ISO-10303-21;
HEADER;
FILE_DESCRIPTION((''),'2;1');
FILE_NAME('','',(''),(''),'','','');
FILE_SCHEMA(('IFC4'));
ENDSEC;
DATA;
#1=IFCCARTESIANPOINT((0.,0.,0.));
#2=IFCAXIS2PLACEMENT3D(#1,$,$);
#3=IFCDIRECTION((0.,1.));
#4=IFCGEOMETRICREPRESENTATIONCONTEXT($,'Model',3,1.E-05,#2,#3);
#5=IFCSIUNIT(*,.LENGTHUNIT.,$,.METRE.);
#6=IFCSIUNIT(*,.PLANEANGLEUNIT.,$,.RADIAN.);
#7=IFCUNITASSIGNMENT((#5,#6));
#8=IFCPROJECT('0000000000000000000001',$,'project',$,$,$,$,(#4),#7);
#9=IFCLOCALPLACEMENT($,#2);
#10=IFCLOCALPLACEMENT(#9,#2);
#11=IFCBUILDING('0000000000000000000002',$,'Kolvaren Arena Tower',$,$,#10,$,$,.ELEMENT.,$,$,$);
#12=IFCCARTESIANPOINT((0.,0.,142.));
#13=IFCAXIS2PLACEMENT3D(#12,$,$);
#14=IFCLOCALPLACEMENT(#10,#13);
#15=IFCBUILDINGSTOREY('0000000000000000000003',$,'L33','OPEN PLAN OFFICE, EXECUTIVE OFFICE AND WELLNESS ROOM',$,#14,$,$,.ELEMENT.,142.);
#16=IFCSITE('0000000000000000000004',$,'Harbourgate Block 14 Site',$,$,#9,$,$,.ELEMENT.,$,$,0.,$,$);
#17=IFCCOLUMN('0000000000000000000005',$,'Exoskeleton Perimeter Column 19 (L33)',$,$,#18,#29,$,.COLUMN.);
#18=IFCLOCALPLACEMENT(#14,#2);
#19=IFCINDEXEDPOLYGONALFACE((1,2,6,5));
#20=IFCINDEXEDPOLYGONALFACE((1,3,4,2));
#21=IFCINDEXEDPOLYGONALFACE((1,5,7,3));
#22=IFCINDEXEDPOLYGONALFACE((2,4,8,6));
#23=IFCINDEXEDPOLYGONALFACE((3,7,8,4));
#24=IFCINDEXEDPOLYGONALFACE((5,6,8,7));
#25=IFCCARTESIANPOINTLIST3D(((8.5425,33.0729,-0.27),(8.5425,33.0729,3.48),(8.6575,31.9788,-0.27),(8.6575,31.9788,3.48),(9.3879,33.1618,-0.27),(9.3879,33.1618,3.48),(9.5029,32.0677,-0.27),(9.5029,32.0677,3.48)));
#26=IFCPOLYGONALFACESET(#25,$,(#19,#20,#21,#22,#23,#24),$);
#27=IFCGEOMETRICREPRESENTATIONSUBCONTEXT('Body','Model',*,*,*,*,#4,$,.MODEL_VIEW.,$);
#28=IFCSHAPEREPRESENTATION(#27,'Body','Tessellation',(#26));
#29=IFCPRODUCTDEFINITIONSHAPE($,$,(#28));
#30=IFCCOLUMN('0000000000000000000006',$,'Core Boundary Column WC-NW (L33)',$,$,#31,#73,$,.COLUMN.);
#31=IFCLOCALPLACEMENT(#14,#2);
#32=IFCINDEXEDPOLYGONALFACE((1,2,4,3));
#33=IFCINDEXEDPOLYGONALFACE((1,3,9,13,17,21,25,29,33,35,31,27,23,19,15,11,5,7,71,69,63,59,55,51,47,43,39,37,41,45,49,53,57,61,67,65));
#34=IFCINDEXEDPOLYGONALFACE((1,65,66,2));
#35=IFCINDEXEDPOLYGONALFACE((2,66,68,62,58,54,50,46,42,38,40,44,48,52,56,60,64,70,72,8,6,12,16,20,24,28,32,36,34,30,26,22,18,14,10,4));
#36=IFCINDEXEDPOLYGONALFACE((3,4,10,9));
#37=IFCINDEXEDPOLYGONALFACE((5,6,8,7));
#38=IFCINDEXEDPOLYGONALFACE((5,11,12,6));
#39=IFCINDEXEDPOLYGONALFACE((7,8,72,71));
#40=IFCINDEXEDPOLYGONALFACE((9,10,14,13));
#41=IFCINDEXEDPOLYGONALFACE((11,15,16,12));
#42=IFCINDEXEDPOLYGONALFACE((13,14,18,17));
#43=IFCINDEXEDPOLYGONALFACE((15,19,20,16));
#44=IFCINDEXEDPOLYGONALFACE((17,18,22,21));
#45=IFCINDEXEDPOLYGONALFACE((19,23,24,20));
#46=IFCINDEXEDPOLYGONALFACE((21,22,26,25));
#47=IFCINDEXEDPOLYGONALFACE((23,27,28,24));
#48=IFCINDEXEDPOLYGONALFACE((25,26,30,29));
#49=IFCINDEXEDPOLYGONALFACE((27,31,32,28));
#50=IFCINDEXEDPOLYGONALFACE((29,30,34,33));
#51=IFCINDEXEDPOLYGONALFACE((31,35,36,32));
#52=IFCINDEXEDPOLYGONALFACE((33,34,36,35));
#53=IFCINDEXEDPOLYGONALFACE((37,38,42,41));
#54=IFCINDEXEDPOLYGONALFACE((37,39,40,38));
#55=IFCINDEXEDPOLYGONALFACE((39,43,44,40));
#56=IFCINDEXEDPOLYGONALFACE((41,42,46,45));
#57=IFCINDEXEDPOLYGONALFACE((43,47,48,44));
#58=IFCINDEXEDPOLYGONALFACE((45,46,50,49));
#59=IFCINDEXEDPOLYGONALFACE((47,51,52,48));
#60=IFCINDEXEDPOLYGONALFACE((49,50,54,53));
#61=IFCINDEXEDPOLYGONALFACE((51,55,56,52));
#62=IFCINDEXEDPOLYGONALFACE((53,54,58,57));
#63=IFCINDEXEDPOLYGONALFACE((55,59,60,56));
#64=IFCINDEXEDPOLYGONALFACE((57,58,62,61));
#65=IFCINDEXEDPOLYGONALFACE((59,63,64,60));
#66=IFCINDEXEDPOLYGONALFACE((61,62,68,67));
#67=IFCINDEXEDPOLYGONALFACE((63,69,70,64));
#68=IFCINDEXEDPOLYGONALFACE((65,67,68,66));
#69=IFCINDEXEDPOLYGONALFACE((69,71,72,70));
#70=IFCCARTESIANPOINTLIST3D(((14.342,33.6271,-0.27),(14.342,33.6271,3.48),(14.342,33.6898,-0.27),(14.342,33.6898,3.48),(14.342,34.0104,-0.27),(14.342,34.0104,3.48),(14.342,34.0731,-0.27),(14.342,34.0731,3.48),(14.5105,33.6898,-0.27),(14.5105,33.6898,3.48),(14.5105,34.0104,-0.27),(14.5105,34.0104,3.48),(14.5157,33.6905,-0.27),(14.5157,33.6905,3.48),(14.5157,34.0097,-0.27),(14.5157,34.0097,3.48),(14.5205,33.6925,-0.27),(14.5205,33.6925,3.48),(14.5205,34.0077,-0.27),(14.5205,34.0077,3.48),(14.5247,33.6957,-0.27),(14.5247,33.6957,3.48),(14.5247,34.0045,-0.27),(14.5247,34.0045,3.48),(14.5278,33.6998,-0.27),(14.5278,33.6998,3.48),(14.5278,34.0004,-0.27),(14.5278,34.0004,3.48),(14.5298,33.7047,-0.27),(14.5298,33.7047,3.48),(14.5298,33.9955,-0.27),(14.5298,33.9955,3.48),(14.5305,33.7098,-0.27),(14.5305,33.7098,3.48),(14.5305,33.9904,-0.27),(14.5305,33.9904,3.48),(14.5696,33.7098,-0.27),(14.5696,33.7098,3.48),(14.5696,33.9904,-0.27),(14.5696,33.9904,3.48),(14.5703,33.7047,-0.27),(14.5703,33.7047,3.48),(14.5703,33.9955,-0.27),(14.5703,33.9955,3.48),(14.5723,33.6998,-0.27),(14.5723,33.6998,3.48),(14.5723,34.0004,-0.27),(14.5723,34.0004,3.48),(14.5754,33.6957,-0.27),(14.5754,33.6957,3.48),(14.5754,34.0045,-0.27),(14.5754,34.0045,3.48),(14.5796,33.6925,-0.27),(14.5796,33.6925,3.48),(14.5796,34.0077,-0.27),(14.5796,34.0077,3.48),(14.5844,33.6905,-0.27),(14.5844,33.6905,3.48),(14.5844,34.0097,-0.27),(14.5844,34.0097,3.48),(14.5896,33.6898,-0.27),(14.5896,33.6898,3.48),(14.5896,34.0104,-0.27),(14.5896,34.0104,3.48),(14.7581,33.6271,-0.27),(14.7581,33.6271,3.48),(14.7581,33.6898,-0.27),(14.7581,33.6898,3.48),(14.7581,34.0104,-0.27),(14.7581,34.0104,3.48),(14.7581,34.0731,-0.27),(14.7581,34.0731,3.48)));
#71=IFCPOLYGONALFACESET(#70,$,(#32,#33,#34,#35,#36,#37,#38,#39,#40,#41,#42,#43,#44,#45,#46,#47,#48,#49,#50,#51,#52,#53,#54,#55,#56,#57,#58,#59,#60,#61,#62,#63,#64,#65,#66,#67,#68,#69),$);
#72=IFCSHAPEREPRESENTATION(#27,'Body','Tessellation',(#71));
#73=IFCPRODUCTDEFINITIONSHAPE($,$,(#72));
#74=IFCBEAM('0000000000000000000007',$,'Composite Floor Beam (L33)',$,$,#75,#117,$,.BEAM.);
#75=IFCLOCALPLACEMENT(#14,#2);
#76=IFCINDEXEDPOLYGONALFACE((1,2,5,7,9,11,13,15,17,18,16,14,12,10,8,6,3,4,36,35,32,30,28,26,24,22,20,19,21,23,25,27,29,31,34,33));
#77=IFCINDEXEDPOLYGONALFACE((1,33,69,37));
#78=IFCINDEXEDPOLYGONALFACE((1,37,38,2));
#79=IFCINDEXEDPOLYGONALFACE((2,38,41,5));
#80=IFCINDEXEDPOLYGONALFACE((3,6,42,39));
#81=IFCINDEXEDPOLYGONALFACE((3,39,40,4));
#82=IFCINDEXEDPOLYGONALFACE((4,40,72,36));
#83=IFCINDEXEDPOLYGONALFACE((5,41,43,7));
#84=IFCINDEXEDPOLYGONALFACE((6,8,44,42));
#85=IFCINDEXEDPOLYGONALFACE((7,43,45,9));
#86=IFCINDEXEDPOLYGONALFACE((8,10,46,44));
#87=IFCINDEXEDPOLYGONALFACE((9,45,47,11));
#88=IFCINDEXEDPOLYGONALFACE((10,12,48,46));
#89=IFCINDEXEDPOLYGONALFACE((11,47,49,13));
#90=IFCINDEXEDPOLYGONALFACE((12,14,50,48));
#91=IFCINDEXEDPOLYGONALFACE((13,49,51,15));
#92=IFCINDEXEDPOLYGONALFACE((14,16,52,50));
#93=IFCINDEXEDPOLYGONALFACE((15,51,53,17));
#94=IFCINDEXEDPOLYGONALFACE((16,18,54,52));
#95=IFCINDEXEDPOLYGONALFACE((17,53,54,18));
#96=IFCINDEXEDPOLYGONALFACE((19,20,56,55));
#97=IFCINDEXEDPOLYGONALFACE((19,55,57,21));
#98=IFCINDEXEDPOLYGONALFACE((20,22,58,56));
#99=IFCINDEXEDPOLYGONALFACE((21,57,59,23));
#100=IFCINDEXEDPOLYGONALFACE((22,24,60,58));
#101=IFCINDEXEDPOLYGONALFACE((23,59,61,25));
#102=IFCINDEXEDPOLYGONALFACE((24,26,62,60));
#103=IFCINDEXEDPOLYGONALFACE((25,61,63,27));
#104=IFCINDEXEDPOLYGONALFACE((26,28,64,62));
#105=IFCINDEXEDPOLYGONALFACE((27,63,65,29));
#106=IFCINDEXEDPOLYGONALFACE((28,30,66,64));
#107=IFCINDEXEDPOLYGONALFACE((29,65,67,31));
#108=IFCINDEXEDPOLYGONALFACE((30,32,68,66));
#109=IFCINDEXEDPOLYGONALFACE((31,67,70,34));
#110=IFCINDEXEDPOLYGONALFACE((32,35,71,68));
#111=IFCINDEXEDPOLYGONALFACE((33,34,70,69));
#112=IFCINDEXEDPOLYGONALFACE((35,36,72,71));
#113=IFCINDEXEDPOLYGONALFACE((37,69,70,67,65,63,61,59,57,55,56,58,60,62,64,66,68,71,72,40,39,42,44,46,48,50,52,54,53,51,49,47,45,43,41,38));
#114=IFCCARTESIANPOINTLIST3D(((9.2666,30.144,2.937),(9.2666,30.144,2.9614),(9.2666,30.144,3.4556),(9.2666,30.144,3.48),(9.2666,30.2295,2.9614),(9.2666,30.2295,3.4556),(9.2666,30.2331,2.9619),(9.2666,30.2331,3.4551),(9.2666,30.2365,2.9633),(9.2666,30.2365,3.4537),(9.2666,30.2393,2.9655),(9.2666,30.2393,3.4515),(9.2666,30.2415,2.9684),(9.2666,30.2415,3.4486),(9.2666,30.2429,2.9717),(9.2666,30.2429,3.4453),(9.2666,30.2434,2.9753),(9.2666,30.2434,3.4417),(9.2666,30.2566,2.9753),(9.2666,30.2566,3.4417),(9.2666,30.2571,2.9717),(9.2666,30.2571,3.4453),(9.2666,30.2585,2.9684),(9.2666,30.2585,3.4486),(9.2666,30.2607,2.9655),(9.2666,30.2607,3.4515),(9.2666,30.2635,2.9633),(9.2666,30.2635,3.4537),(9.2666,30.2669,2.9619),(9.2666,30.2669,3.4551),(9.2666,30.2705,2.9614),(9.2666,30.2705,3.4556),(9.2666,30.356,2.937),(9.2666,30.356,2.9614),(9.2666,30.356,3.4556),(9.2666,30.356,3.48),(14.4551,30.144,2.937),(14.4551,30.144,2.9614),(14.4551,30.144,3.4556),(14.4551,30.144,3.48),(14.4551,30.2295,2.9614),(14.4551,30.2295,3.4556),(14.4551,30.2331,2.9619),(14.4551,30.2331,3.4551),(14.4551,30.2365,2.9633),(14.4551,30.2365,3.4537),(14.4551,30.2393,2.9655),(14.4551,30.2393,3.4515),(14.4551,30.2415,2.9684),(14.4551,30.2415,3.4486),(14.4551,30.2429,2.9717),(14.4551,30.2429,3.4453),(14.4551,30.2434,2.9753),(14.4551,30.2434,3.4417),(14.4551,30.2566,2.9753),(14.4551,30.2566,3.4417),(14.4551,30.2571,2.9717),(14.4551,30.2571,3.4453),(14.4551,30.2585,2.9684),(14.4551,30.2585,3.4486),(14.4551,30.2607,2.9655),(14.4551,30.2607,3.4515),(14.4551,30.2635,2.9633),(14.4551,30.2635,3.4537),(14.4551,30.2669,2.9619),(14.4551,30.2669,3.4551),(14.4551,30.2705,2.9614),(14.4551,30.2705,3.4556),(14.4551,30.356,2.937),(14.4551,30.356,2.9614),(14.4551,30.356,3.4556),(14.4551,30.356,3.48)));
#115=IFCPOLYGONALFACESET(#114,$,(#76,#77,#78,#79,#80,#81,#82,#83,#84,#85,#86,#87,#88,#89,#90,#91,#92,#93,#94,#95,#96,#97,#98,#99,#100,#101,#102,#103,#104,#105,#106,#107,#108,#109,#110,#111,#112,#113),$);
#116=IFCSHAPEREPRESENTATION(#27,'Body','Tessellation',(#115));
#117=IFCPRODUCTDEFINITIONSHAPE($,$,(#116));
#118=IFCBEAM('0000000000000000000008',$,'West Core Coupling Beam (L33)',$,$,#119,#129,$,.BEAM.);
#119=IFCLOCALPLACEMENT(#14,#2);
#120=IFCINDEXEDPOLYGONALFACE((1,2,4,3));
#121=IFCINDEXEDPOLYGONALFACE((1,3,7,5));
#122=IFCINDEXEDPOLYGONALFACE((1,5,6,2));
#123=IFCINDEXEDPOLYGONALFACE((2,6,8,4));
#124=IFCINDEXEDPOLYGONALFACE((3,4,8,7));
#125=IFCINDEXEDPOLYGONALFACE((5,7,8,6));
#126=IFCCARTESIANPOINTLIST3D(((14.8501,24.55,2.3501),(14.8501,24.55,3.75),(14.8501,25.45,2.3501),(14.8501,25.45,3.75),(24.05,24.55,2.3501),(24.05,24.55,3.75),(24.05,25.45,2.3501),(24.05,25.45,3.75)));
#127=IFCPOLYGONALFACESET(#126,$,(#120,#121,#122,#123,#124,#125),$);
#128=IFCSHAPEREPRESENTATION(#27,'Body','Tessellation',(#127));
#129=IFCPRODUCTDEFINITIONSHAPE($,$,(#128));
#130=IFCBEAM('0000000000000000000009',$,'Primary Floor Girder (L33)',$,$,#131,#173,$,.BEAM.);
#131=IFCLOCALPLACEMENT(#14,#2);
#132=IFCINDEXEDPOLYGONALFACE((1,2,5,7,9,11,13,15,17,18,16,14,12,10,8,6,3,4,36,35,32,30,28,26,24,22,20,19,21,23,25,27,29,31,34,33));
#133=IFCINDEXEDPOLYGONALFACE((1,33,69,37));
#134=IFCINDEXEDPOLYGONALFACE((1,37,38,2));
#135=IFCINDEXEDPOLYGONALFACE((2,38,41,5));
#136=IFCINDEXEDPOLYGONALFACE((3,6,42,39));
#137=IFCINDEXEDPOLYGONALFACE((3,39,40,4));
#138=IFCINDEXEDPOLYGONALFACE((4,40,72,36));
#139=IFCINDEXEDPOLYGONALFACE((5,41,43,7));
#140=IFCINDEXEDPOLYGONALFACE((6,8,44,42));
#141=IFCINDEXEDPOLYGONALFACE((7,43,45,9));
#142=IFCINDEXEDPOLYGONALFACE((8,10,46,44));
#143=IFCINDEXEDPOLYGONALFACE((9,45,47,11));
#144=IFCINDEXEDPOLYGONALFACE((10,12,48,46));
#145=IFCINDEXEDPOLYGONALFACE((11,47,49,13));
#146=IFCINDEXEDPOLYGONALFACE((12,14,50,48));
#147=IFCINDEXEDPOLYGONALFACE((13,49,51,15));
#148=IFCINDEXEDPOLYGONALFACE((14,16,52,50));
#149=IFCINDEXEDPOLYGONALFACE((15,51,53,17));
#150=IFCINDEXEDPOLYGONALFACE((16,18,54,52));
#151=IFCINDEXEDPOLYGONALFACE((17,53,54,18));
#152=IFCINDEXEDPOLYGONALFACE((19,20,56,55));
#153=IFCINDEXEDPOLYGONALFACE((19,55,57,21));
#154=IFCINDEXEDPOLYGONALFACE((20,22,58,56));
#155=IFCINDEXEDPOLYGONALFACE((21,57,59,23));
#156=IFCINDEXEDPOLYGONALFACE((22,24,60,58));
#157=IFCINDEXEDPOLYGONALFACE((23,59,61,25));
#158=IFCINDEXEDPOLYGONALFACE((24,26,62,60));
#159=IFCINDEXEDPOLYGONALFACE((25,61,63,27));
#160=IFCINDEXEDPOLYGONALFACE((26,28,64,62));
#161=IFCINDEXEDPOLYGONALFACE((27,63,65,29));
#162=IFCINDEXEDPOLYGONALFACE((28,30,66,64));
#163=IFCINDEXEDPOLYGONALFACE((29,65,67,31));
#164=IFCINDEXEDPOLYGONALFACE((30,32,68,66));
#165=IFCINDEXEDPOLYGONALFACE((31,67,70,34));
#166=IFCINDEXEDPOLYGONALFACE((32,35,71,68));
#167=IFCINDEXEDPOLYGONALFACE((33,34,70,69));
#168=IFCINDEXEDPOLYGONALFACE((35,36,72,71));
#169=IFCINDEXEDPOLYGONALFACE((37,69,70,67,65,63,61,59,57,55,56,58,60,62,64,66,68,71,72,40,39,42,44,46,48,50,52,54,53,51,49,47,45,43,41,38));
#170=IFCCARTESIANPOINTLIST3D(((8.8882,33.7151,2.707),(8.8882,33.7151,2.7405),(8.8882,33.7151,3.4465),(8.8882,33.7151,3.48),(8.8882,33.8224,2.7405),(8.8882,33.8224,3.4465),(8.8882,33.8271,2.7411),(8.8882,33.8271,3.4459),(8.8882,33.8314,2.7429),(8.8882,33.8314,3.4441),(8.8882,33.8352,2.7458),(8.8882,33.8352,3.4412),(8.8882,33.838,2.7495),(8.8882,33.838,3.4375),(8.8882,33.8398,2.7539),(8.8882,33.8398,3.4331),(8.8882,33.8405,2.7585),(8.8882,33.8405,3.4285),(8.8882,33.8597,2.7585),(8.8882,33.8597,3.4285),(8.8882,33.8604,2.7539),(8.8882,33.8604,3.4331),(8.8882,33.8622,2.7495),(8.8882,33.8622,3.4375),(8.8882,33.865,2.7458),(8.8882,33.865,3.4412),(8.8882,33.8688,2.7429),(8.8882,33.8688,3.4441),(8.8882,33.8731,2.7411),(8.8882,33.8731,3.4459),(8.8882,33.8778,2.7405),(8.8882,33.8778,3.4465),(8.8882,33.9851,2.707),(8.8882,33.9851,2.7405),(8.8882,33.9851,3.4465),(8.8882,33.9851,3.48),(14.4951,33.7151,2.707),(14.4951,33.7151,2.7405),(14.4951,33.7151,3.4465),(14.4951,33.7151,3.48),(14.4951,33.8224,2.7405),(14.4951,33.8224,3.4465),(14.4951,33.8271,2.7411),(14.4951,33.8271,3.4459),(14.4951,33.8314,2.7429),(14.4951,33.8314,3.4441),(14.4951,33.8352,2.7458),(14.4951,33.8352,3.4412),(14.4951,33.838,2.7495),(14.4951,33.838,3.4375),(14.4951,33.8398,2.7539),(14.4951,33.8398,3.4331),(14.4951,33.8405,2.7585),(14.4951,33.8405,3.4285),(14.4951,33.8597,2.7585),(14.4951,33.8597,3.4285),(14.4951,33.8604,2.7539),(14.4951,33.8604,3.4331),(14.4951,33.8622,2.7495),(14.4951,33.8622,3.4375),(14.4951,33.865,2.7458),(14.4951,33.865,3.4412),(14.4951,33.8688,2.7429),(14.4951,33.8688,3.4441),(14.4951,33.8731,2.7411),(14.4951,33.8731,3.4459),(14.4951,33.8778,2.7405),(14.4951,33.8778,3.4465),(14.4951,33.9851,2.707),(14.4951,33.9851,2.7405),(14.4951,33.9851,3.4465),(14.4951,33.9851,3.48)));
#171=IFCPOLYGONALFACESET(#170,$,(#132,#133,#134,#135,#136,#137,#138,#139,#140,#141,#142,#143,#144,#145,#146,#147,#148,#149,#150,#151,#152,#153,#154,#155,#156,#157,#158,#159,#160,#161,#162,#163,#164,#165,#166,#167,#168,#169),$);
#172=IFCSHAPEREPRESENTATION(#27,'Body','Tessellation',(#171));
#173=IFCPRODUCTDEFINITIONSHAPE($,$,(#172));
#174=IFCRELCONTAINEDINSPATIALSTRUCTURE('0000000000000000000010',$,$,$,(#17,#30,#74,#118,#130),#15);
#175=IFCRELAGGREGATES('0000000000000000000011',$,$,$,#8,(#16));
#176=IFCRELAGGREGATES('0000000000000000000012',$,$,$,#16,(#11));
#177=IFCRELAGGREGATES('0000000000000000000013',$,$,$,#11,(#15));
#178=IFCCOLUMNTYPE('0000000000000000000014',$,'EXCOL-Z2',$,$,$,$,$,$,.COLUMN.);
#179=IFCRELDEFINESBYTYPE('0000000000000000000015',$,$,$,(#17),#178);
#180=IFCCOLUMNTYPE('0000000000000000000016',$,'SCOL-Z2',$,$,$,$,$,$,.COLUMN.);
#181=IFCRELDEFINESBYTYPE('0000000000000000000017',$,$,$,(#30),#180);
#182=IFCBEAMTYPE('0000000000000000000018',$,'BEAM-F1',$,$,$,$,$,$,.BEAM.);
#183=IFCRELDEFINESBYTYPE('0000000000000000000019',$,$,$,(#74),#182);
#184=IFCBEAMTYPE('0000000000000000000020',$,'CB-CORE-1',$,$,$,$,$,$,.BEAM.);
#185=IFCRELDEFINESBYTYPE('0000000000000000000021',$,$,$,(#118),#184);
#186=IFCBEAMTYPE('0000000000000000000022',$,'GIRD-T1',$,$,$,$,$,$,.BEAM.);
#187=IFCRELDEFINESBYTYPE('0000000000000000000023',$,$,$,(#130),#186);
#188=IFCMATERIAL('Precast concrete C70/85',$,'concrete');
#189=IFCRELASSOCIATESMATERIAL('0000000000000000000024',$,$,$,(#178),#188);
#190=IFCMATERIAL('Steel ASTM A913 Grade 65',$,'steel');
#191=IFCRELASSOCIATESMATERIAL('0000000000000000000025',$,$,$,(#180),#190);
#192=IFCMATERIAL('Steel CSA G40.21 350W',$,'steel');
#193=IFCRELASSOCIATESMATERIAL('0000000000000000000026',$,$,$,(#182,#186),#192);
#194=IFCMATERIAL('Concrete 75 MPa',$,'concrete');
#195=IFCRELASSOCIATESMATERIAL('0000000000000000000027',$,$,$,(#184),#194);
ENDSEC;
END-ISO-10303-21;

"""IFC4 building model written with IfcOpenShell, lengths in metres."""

from ifc_helpers import new_model, si_unit, direction, frame, origin, origin_2d, place, context, subcontext, project, spatial, rectangle, i_section, extrude, material, material_profile, profile_set, type_object, element, save


model = new_model("IFC4")

# Units and contexts
model_context = context("Model", 3, precision=1e-05, world=origin(), true_north=direction((0.0, 1.0)))
body_context = subcontext(model_context, "Body", "Model", "MODEL_VIEW")
ifc_project = project(units=[si_unit("LENGTHUNIT", "METRE"), si_unit("PLANEANGLEUNIT", "RADIAN")], contexts=[model_context])

# Site, building, storey
site_placement = place(None, origin())
site = spatial("IfcSite", under=ifc_project, at=site_placement, Name="Harbourgate Block 14 Site", CompositionType="ELEMENT", RefElevation=0.0)
building_placement = place(site_placement, origin())
building = spatial("IfcBuilding", under=site, at=building_placement, Name="Kolvaren Arena Tower", CompositionType="ELEMENT")
storey_placement = place(building_placement, frame((0.0, 0.0, 142.0)))
storey = spatial("IfcBuildingStorey", under=building, at=storey_placement, Name="L33", Description="OPEN PLAN OFFICE, EXECUTIVE OFFICE AND WELLNESS ROOM", CompositionType="ELEMENT", Elevation=142.0)

# Columns
ifc_material_1 = material(Name="Precast concrete C70/85", Category="concrete")
ifc_material_profile_1 = material_profile(ifc_material_1, rectangle(XDim=1.1001, YDim=0.8501, at=origin_2d()), Name="RC-1100x850")
ifc_profile_set_1 = profile_set([ifc_material_profile_1], Name="Precast concrete C70/85")
column_type_1 = type_object("IfcColumnType", Name="EXCOL-Z2", PredefinedType="COLUMN", material=ifc_profile_set_1)
column_1_placement = place(storey_placement, frame((9.0227, 32.5703, -0.27), z_axis=(0.0, 0.0, 1.0), x_axis=(-0.104528, 0.994522, 0.0)))
element("IfcColumn", 1, at=column_1_placement, inside=storey, type_object=column_type_1, Name="Exoskeleton Perimeter Column 19 (L33)", PredefinedType="COLUMN", context=body_context, shape_type="SweptSolid", body=[
    extrude(rectangle(XDim=1.1001, YDim=0.8501, at=origin_2d()), origin(), (0.0, 0.0, 1.0), 3.75),
])
ifc_material_2 = material(Name="Steel ASTM A913 Grade 65", Category="steel")
ifc_material_profile_2 = material_profile(ifc_material_2, i_section(OverallWidth=0.416, OverallDepth=0.446, WebThickness=0.0391, FlangeThickness=0.0627, FilletRadius=0.02, at=origin_2d()), Name="W360x509")
ifc_profile_set_2 = profile_set([ifc_material_profile_2], Name="Steel ASTM A913 Grade 65")
column_type_2 = type_object("IfcColumnType", Name="SCOL-Z2", PredefinedType="COLUMN", material=ifc_profile_set_2)
column_2_placement = place(storey_placement, frame((14.55, 33.8501, -0.27), z_axis=(0.0, 0.0, 1.0), x_axis=(1.0, 0.0, 0.0)))
element("IfcColumn", 2, at=column_2_placement, inside=storey, type_object=column_type_2, Name="Core Boundary Column WC-NW (L33)", PredefinedType="COLUMN", context=body_context, shape_type="SweptSolid", body=[
    extrude(i_section(OverallWidth=0.416, OverallDepth=0.446, WebThickness=0.0391, FlangeThickness=0.0627, FilletRadius=0.02, at=origin_2d()), origin(), (0.0, 0.0, 1.0), 3.75),
])

# Beams
ifc_material_3 = material(Name="Steel CSA G40.21 350W", Category="steel")
ifc_material_profile_3 = material_profile(ifc_material_3, i_section(OverallWidth=0.2119, OverallDepth=0.543, WebThickness=0.0132, FlangeThickness=0.0244, FilletRadius=0.0139, at=origin_2d()), Name="W530x150")
ifc_profile_set_3 = profile_set([ifc_material_profile_3], Name="Steel CSA G40.21 350W")
beam_type_1 = type_object("IfcBeamType", Name="BEAM-F1", PredefinedType="BEAM", material=ifc_profile_set_3)
beam_1_placement = place(storey_placement, frame((9.2666, 30.25, 3.2085), z_axis=(1.0, 0.0, 0.0), x_axis=(0.0, 1.0, 0.0)))
element("IfcBeam", 3, at=beam_1_placement, inside=storey, type_object=beam_type_1, Name="Composite Floor Beam (L33)", PredefinedType="BEAM", context=body_context, shape_type="SweptSolid", body=[
    extrude(i_section(OverallWidth=0.2119, OverallDepth=0.543, WebThickness=0.0132, FlangeThickness=0.0244, FilletRadius=0.0139, at=origin_2d()), origin(), (0.0, 0.0, 1.0), 5.1885),
])
ifc_material_4 = material(Name="Concrete 75 MPa", Category="concrete")
ifc_material_profile_4 = material_profile(ifc_material_4, rectangle(XDim=0.8999, YDim=1.3999, at=origin_2d()), Name="RC-900x1400")
ifc_profile_set_4 = profile_set([ifc_material_profile_4], Name="Concrete 75 MPa")
beam_type_2 = type_object("IfcBeamType", Name="CB-CORE-1", PredefinedType="BEAM", material=ifc_profile_set_4)
beam_2_placement = place(storey_placement, frame((14.8501, 25.0, 3.05), z_axis=(1.0, 0.0, 0.0), x_axis=(0.0, 1.0, 0.0)))
element("IfcBeam", 4, at=beam_2_placement, inside=storey, type_object=beam_type_2, Name="West Core Coupling Beam (L33)", PredefinedType="BEAM", context=body_context, shape_type="SweptSolid", body=[
    extrude(rectangle(XDim=0.8999, YDim=1.3999, at=origin_2d()), origin(), (0.0, 0.0, 1.0), 9.2),
])
ifc_material_profile_5 = material_profile(ifc_material_3, i_section(OverallWidth=0.27, OverallDepth=0.7729, WebThickness=0.0193, FlangeThickness=0.0334, FilletRadius=0.0181, at=origin_2d()), Name="W760x257")
ifc_profile_set_5 = profile_set([ifc_material_profile_5], Name="Steel CSA G40.21 350W")
beam_type_3 = type_object("IfcBeamType", Name="GIRD-T1", PredefinedType="BEAM", material=ifc_profile_set_5)
beam_3_placement = place(storey_placement, frame((8.8882, 33.8501, 3.0935), z_axis=(1.0, 0.0, 0.0), x_axis=(0.0, 1.0, 0.0)))
element("IfcBeam", 5, at=beam_3_placement, inside=storey, type_object=beam_type_3, Name="Primary Floor Girder (L33)", PredefinedType="BEAM", context=body_context, shape_type="SweptSolid", body=[
    extrude(i_section(OverallWidth=0.27, OverallDepth=0.7729, WebThickness=0.0193, FlangeThickness=0.0334, FilletRadius=0.0181, at=origin_2d()), origin(), (0.0, 0.0, 1.0), 5.6069),
])

save(model, "model.ifc")
